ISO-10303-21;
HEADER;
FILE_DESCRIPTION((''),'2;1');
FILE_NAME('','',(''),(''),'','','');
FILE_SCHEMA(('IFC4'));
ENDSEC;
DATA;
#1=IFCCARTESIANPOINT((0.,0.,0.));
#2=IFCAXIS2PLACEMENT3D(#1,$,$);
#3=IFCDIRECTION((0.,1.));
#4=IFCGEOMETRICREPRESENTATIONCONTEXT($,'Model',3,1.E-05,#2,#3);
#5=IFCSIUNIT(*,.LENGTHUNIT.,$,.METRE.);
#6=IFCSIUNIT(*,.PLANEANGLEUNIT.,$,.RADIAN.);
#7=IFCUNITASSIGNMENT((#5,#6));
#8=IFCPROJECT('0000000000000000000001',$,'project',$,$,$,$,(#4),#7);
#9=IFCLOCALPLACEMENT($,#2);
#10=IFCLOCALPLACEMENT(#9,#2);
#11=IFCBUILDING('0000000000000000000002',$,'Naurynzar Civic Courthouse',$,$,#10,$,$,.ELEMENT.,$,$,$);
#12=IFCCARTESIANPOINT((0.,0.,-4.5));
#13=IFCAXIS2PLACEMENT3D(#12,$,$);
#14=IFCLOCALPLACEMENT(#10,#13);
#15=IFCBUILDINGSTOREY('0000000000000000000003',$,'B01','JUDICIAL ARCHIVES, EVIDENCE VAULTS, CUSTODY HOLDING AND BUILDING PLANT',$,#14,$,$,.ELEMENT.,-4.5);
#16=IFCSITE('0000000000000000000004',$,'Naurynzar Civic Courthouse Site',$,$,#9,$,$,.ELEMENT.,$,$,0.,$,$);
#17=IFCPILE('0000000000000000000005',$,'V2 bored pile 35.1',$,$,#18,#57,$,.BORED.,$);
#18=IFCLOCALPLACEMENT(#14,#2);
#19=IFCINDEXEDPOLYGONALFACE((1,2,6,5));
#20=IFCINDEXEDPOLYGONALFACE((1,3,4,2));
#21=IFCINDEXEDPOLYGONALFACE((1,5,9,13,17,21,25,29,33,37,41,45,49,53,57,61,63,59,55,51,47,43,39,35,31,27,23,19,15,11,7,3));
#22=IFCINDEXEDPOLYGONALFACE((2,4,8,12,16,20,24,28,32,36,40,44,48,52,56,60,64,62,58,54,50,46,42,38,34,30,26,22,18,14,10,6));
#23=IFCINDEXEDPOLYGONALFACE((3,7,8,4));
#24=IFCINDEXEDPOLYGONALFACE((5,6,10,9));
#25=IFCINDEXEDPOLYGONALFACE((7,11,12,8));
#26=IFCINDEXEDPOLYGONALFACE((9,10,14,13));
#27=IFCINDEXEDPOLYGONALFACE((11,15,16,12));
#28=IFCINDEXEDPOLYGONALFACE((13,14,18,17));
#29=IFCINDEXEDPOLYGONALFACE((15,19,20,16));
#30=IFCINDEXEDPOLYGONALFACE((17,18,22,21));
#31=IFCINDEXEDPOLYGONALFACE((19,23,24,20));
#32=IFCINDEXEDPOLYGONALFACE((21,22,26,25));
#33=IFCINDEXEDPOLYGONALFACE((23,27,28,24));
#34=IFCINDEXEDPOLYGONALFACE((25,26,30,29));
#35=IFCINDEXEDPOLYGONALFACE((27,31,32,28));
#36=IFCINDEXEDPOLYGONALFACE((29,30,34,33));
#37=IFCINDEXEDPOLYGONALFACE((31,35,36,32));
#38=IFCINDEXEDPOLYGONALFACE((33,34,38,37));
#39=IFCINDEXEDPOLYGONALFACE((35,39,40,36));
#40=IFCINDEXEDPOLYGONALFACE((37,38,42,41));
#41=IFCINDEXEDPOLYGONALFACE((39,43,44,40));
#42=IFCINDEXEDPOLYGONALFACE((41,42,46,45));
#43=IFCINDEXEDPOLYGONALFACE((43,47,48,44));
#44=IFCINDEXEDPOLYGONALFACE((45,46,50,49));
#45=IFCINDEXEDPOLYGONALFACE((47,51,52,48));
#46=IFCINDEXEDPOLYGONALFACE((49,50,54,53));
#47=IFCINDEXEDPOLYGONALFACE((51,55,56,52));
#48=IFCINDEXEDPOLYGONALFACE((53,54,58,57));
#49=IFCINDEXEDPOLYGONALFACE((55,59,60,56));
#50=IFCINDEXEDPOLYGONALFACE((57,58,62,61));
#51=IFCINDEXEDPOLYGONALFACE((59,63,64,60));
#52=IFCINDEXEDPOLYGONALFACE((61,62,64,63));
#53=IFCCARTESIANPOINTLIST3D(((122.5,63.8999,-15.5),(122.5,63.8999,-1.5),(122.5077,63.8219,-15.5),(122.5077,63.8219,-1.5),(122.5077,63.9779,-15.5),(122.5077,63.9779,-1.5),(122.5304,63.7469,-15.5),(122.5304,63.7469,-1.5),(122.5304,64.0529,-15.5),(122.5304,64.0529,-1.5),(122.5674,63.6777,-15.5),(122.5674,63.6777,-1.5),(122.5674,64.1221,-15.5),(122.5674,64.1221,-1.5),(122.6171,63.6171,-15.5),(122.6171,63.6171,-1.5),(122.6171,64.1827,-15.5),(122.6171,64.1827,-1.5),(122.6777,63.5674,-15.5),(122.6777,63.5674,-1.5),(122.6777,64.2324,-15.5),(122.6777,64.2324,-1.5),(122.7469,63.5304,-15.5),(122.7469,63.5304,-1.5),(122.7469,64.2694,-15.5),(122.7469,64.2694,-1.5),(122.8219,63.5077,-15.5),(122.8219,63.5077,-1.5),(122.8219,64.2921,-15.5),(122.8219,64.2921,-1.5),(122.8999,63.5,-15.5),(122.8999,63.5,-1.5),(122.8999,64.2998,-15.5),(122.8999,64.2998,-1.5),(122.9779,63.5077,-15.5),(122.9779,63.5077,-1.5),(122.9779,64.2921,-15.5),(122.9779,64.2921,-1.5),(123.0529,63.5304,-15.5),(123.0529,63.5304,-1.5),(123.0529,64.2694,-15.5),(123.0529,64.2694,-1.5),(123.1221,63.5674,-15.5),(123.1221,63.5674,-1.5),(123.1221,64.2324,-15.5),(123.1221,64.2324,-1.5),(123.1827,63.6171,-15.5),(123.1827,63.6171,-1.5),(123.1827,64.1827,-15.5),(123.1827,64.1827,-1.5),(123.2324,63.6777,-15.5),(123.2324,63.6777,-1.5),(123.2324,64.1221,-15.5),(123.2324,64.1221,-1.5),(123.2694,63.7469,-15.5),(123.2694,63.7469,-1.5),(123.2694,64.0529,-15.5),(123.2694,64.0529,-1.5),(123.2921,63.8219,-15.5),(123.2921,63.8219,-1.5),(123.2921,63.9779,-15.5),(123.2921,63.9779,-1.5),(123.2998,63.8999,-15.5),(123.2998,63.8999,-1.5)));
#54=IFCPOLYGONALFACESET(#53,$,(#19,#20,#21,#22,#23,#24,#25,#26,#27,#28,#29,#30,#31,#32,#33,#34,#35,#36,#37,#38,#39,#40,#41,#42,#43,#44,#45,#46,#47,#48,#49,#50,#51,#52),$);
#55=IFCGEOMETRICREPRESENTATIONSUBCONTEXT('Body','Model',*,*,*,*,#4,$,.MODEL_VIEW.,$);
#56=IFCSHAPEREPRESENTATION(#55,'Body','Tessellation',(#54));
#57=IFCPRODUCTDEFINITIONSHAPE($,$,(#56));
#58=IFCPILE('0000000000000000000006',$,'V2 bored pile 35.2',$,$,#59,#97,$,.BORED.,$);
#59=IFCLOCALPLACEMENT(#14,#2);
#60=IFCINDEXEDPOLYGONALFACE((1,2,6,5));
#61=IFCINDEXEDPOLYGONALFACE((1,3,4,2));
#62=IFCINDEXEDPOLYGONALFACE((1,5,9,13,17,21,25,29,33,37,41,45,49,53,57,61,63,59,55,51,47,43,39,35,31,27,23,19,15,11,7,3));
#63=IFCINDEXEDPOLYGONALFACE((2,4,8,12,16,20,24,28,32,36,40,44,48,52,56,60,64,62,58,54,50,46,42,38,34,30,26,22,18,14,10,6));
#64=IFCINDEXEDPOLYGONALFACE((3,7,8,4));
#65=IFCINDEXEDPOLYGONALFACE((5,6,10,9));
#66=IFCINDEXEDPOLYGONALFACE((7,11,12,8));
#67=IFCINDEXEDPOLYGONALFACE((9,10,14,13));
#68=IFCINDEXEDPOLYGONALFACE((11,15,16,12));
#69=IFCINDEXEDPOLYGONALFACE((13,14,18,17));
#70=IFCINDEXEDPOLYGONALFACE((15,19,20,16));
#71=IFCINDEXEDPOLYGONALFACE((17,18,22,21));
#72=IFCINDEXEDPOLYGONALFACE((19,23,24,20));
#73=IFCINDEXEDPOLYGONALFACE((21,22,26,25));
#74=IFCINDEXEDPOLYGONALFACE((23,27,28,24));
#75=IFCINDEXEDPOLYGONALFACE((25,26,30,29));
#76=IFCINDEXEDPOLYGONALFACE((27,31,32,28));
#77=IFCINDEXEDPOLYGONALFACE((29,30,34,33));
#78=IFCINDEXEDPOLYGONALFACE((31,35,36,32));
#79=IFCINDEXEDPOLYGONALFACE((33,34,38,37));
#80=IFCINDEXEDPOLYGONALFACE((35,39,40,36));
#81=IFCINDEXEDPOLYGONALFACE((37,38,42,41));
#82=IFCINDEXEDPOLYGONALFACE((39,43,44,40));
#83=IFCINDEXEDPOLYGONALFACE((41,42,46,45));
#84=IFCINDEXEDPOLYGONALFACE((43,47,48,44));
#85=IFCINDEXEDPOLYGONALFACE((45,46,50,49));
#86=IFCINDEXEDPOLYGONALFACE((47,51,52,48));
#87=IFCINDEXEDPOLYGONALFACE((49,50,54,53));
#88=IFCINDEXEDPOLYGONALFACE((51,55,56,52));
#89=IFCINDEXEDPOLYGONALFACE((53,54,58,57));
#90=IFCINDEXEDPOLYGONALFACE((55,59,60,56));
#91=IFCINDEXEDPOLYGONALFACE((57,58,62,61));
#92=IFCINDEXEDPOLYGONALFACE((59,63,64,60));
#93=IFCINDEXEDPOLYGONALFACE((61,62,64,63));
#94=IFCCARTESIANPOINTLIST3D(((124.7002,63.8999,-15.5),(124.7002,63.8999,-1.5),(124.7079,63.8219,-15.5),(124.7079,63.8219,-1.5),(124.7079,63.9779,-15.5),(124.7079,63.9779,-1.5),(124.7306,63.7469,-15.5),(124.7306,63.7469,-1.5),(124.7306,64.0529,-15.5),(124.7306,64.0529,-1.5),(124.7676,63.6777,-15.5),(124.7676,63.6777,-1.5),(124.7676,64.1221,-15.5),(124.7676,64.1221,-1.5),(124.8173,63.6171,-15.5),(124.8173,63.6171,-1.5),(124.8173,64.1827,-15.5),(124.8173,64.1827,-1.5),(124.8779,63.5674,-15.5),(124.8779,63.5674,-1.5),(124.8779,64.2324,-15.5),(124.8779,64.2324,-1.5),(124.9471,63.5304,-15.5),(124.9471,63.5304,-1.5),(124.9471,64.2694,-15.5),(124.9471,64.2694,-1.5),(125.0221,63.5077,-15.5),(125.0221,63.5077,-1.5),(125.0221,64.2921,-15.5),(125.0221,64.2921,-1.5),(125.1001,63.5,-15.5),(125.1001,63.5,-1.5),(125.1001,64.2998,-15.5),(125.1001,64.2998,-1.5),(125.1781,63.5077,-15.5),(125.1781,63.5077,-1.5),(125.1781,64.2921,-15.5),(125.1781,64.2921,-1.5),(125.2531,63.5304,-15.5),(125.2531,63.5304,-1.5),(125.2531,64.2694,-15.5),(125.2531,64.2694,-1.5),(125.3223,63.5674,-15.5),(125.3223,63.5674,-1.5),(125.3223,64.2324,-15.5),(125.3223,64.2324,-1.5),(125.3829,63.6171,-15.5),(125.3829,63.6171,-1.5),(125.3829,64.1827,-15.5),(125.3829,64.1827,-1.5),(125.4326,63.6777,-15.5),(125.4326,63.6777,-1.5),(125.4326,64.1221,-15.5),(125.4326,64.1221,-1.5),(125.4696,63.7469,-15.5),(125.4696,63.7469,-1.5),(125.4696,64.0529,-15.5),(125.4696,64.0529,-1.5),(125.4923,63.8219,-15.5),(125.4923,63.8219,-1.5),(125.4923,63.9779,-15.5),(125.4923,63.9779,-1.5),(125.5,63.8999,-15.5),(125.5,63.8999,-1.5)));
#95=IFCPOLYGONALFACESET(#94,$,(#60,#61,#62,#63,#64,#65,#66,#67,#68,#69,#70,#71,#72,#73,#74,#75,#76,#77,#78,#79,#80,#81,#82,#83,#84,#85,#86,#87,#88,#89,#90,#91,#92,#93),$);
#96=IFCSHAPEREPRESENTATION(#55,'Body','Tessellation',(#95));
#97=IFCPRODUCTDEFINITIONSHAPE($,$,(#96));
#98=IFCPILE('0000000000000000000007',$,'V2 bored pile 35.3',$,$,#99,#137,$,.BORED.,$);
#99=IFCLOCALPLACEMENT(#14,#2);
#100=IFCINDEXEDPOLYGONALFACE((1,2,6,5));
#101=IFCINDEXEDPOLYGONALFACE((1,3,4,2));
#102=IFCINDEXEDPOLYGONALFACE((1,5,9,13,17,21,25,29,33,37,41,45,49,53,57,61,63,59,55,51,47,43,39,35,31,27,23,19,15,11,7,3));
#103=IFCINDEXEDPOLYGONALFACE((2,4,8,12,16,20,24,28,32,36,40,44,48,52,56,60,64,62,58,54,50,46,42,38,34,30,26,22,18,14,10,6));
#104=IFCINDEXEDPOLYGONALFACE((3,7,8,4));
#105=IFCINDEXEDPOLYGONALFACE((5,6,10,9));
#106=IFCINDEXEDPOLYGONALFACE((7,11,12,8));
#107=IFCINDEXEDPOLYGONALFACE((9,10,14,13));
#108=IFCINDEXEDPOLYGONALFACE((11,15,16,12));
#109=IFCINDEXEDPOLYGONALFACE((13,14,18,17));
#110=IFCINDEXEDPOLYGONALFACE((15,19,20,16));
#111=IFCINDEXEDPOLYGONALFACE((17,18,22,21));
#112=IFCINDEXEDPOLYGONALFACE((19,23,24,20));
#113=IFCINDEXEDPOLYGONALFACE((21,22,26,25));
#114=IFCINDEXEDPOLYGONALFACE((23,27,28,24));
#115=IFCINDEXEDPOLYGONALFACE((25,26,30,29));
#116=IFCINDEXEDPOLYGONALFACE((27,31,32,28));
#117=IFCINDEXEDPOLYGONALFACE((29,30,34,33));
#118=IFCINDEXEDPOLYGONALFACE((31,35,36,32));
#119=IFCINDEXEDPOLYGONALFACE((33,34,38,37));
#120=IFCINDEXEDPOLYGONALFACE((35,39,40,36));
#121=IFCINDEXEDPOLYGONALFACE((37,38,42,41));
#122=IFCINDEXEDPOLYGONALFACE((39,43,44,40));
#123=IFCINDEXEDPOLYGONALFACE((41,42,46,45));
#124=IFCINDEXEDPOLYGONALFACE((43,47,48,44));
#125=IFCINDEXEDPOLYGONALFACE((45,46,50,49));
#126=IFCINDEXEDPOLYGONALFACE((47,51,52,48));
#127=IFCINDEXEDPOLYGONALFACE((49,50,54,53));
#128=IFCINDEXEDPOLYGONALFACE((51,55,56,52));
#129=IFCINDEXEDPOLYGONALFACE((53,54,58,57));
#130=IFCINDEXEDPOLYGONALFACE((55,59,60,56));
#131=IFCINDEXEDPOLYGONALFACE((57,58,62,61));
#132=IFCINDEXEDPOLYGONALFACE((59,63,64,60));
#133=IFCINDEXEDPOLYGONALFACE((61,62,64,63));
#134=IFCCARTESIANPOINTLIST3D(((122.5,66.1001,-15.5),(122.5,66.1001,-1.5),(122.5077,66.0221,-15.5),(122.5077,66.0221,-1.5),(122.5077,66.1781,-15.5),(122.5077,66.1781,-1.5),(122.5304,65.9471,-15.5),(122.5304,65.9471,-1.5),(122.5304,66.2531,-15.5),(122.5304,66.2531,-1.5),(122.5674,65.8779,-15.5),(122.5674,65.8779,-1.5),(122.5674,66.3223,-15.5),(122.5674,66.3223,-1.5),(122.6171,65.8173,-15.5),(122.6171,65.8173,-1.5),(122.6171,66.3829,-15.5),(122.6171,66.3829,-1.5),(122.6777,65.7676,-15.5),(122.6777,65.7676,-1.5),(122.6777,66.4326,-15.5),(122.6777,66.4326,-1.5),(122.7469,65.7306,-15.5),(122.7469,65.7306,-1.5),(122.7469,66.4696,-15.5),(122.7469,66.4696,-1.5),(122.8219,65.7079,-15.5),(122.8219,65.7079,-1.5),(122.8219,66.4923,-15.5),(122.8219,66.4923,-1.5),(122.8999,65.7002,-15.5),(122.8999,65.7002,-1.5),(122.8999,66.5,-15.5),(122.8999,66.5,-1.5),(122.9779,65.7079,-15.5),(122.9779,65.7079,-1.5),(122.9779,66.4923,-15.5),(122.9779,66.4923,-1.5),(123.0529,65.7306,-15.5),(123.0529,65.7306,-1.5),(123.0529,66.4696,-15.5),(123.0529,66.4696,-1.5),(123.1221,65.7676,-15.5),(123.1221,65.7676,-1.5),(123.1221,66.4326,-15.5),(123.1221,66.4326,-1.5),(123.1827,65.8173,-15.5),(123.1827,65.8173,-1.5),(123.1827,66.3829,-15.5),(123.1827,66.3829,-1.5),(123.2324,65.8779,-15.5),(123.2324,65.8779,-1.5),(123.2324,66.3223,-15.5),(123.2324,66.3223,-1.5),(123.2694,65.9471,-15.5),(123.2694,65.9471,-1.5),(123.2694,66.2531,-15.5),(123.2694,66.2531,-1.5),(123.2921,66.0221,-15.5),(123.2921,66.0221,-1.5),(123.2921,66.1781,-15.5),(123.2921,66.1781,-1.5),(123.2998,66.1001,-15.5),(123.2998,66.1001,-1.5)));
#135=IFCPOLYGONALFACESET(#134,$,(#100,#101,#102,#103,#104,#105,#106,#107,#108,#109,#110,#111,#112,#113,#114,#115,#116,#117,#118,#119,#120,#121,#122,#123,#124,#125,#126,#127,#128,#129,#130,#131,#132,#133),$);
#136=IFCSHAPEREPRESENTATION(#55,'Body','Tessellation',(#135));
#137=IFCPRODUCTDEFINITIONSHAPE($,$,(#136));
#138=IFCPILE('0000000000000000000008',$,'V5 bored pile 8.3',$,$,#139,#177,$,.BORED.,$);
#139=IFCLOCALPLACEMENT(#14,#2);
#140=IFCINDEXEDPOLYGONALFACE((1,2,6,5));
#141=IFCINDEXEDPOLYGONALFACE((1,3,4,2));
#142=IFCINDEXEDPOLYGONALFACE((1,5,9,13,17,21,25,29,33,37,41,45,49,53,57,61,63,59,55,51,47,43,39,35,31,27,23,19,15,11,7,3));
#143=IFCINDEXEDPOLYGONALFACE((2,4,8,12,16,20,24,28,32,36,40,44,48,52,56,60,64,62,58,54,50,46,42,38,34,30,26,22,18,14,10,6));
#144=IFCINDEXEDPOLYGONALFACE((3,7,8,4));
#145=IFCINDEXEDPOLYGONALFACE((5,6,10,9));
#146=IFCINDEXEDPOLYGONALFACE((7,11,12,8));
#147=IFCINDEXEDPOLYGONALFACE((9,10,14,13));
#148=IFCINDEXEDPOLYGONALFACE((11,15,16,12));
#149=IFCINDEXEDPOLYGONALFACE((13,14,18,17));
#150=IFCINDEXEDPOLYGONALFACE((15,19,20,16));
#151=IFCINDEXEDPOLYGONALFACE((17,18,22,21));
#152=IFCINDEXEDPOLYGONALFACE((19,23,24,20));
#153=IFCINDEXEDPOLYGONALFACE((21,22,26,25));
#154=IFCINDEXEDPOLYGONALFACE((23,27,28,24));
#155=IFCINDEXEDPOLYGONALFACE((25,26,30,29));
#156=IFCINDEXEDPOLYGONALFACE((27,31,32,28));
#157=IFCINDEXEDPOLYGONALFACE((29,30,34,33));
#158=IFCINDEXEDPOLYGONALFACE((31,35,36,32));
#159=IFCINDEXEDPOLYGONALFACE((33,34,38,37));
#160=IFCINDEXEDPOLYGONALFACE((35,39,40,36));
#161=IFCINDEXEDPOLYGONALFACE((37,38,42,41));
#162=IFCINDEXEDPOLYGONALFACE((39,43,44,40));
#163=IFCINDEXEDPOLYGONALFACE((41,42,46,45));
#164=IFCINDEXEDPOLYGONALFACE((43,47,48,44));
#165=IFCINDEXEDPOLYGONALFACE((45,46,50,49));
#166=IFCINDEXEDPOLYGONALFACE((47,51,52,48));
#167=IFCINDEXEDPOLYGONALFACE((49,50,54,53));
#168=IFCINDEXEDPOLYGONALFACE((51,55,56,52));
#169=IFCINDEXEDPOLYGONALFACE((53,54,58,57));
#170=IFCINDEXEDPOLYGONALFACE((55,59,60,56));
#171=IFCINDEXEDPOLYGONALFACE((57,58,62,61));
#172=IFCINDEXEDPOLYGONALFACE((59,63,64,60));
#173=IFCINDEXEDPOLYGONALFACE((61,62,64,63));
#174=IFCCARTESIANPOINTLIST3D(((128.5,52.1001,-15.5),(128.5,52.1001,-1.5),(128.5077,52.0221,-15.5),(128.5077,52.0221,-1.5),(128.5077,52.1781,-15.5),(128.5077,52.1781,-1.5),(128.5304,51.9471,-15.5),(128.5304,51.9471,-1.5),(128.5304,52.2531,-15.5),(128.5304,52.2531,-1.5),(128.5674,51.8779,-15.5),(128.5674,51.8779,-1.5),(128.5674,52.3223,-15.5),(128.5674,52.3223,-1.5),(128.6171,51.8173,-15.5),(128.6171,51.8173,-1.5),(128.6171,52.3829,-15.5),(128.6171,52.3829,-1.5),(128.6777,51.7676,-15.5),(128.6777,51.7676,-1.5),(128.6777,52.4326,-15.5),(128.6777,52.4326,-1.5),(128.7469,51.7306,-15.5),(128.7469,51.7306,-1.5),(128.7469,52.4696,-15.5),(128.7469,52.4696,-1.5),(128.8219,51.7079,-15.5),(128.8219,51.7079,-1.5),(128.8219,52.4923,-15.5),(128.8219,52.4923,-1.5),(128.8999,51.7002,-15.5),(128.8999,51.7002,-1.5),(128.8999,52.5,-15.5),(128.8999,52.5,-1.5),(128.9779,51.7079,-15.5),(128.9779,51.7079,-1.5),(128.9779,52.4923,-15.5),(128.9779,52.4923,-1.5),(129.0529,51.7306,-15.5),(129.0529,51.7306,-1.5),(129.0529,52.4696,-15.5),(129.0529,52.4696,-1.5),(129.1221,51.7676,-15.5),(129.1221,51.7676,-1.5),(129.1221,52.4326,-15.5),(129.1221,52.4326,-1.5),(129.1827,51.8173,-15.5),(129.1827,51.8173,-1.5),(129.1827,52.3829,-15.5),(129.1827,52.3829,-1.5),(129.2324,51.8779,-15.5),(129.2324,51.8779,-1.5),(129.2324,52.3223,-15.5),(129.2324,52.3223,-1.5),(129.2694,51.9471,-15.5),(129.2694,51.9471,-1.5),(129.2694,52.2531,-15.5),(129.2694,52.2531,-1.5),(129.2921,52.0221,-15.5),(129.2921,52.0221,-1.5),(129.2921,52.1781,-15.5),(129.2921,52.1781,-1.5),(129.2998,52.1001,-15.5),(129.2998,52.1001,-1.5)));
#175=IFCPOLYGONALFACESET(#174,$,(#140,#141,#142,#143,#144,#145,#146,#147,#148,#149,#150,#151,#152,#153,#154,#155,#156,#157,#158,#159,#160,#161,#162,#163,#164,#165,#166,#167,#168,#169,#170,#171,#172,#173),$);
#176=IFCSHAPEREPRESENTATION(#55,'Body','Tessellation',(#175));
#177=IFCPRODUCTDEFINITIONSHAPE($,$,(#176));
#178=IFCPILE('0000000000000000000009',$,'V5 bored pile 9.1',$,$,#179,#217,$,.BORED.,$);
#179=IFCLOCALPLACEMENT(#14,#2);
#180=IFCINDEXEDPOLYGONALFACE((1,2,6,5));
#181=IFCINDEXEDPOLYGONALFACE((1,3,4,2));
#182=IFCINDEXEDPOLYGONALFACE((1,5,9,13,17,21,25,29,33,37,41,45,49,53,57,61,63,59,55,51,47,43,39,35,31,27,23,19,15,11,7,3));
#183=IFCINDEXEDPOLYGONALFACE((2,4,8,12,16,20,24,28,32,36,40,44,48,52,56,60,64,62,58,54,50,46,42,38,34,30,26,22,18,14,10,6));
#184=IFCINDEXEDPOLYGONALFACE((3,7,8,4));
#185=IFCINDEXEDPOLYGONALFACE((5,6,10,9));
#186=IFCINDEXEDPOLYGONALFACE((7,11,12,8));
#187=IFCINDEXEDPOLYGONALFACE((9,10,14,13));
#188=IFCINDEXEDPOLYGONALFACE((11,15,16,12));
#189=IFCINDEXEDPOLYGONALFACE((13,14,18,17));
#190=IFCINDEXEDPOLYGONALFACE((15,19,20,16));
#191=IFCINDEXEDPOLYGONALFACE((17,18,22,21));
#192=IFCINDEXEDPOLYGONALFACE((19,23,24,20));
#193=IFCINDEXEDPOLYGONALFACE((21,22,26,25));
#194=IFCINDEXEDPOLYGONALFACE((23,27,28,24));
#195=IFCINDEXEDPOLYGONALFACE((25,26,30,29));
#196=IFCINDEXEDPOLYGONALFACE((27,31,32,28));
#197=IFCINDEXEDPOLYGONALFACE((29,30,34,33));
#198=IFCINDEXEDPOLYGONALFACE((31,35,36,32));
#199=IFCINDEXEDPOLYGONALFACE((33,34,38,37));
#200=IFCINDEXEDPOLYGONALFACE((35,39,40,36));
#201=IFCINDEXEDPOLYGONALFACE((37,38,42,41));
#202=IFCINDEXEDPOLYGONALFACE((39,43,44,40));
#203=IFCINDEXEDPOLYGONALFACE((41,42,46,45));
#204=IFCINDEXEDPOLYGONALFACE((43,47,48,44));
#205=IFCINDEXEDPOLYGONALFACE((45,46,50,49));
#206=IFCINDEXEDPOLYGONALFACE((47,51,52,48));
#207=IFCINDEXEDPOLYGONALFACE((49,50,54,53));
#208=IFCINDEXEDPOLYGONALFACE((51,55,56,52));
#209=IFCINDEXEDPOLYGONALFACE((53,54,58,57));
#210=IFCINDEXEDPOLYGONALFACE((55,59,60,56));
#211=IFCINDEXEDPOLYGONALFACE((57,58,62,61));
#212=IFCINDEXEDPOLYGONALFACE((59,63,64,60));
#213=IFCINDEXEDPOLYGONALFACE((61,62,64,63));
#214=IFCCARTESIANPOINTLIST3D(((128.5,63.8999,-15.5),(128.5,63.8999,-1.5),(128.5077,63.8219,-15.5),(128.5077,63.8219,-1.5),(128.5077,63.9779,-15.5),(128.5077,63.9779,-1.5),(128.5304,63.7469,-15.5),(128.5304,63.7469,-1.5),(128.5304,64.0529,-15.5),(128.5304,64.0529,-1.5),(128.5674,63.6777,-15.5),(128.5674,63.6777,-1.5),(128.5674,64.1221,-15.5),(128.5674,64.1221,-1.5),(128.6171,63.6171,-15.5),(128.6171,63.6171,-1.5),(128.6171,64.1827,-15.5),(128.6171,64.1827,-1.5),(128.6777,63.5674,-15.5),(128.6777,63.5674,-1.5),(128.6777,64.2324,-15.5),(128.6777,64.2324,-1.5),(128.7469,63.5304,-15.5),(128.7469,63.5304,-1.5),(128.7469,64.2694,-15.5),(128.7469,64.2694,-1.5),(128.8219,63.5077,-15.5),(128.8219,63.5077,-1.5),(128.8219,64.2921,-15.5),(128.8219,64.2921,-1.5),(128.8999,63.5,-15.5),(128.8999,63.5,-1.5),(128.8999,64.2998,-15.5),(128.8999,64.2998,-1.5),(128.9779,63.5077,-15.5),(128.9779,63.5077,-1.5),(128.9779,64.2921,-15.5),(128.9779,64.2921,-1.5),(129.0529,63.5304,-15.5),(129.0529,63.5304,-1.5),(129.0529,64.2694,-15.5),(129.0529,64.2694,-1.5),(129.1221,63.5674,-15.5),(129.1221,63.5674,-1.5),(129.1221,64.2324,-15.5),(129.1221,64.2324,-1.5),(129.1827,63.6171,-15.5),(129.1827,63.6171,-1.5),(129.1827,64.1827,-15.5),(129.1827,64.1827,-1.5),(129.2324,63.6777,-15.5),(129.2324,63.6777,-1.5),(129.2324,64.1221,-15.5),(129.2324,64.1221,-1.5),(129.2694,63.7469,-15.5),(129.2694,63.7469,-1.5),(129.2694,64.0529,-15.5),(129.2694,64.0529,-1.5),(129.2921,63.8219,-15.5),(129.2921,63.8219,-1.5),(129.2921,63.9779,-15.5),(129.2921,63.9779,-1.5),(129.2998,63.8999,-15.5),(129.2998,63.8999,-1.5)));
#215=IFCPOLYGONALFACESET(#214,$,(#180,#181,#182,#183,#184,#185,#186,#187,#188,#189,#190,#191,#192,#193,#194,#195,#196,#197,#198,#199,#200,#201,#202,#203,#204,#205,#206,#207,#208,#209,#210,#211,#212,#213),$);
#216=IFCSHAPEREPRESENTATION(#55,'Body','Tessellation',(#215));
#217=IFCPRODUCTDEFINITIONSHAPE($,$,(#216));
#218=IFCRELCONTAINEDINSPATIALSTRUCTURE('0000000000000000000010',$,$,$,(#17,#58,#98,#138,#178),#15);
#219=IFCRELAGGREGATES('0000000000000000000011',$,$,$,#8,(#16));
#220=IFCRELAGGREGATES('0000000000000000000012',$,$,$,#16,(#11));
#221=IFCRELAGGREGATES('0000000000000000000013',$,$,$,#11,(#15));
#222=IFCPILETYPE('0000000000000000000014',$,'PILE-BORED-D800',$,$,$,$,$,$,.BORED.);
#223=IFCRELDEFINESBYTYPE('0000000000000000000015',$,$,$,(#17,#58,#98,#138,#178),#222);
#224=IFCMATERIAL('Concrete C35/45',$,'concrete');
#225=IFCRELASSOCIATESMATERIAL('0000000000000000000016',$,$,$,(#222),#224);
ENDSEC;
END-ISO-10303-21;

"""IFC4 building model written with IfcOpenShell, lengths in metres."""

from ifc_helpers import new_model, si_unit, direction, frame, origin, origin_2d, place, context, subcontext, project, spatial, circle, extrude, material, material_profile, profile_set, type_object, element, save


model = new_model("IFC4")

# Units and contexts
model_context = context("Model", 3, precision=1e-05, world=origin(), true_north=direction((0.0, 1.0)))
body_context = subcontext(model_context, "Body", "Model", "MODEL_VIEW")
ifc_project = project(units=[si_unit("LENGTHUNIT", "METRE"), si_unit("PLANEANGLEUNIT", "RADIAN")], contexts=[model_context])

# Site, building, storey
site_placement = place(None, origin())
site = spatial("IfcSite", under=ifc_project, at=site_placement, Name="Naurynzar Civic Courthouse Site", CompositionType="ELEMENT", RefElevation=0.0)
building_placement = place(site_placement, origin())
building = spatial("IfcBuilding", under=site, at=building_placement, Name="Naurynzar Civic Courthouse", CompositionType="ELEMENT")
storey_placement = place(building_placement, frame((0.0, 0.0, -4.5)))
storey = spatial("IfcBuildingStorey", under=building, at=storey_placement, Name="B01", Description="JUDICIAL ARCHIVES, EVIDENCE VAULTS, CUSTODY HOLDING AND BUILDING PLANT", CompositionType="ELEMENT", Elevation=-4.5)

# Piles
ifc_material_1 = material(Name="Concrete C35/45", Category="concrete")
ifc_material_profile_1 = material_profile(ifc_material_1, circle(Radius=0.3999, at=origin_2d()), Name="PILE D800")
ifc_profile_set_1 = profile_set([ifc_material_profile_1], Name="Concrete C35/45")
pile_type_1 = type_object("IfcPileType", Name="PILE-BORED-D800", PredefinedType="BORED", material=ifc_profile_set_1)
for number, where, z_axis, x_axis, name in (
    (1, (122.8999, 63.8999, -1.5), (0.0, 0.0, -1.0), (1.0, 0.0, 0.0), "V2 bored pile 35.1"),
    (2, (125.1001, 63.8999, -1.5), (0.0, 0.0, -1.0), (1.0, 0.0, 0.0), "V2 bored pile 35.2"),
    (3, (122.8999, 66.1001, -1.5), (0.0, 0.0, -1.0), (1.0, 0.0, 0.0), "V2 bored pile 35.3"),
    (4, (128.8999, 52.1001, -1.5), (0.0, 0.0, -1.0), (1.0, 0.0, 0.0), "V5 bored pile 8.3"),
    (5, (128.8999, 63.8999, -1.5), (0.0, 0.0, -1.0), (1.0, 0.0, 0.0), "V5 bored pile 9.1"),
):
    element("IfcPile", number, at=place(storey_placement, frame(where, z_axis=z_axis, x_axis=x_axis)), inside=storey, type_object=pile_type_1, Name=name, PredefinedType="BORED", context=body_context, shape_type="SweptSolid", body=[
        extrude(circle(Radius=0.3999, at=origin_2d()), origin(), (0.0, 0.0, 1.0), 14.0),
    ])

save(model, "model.ifc")
